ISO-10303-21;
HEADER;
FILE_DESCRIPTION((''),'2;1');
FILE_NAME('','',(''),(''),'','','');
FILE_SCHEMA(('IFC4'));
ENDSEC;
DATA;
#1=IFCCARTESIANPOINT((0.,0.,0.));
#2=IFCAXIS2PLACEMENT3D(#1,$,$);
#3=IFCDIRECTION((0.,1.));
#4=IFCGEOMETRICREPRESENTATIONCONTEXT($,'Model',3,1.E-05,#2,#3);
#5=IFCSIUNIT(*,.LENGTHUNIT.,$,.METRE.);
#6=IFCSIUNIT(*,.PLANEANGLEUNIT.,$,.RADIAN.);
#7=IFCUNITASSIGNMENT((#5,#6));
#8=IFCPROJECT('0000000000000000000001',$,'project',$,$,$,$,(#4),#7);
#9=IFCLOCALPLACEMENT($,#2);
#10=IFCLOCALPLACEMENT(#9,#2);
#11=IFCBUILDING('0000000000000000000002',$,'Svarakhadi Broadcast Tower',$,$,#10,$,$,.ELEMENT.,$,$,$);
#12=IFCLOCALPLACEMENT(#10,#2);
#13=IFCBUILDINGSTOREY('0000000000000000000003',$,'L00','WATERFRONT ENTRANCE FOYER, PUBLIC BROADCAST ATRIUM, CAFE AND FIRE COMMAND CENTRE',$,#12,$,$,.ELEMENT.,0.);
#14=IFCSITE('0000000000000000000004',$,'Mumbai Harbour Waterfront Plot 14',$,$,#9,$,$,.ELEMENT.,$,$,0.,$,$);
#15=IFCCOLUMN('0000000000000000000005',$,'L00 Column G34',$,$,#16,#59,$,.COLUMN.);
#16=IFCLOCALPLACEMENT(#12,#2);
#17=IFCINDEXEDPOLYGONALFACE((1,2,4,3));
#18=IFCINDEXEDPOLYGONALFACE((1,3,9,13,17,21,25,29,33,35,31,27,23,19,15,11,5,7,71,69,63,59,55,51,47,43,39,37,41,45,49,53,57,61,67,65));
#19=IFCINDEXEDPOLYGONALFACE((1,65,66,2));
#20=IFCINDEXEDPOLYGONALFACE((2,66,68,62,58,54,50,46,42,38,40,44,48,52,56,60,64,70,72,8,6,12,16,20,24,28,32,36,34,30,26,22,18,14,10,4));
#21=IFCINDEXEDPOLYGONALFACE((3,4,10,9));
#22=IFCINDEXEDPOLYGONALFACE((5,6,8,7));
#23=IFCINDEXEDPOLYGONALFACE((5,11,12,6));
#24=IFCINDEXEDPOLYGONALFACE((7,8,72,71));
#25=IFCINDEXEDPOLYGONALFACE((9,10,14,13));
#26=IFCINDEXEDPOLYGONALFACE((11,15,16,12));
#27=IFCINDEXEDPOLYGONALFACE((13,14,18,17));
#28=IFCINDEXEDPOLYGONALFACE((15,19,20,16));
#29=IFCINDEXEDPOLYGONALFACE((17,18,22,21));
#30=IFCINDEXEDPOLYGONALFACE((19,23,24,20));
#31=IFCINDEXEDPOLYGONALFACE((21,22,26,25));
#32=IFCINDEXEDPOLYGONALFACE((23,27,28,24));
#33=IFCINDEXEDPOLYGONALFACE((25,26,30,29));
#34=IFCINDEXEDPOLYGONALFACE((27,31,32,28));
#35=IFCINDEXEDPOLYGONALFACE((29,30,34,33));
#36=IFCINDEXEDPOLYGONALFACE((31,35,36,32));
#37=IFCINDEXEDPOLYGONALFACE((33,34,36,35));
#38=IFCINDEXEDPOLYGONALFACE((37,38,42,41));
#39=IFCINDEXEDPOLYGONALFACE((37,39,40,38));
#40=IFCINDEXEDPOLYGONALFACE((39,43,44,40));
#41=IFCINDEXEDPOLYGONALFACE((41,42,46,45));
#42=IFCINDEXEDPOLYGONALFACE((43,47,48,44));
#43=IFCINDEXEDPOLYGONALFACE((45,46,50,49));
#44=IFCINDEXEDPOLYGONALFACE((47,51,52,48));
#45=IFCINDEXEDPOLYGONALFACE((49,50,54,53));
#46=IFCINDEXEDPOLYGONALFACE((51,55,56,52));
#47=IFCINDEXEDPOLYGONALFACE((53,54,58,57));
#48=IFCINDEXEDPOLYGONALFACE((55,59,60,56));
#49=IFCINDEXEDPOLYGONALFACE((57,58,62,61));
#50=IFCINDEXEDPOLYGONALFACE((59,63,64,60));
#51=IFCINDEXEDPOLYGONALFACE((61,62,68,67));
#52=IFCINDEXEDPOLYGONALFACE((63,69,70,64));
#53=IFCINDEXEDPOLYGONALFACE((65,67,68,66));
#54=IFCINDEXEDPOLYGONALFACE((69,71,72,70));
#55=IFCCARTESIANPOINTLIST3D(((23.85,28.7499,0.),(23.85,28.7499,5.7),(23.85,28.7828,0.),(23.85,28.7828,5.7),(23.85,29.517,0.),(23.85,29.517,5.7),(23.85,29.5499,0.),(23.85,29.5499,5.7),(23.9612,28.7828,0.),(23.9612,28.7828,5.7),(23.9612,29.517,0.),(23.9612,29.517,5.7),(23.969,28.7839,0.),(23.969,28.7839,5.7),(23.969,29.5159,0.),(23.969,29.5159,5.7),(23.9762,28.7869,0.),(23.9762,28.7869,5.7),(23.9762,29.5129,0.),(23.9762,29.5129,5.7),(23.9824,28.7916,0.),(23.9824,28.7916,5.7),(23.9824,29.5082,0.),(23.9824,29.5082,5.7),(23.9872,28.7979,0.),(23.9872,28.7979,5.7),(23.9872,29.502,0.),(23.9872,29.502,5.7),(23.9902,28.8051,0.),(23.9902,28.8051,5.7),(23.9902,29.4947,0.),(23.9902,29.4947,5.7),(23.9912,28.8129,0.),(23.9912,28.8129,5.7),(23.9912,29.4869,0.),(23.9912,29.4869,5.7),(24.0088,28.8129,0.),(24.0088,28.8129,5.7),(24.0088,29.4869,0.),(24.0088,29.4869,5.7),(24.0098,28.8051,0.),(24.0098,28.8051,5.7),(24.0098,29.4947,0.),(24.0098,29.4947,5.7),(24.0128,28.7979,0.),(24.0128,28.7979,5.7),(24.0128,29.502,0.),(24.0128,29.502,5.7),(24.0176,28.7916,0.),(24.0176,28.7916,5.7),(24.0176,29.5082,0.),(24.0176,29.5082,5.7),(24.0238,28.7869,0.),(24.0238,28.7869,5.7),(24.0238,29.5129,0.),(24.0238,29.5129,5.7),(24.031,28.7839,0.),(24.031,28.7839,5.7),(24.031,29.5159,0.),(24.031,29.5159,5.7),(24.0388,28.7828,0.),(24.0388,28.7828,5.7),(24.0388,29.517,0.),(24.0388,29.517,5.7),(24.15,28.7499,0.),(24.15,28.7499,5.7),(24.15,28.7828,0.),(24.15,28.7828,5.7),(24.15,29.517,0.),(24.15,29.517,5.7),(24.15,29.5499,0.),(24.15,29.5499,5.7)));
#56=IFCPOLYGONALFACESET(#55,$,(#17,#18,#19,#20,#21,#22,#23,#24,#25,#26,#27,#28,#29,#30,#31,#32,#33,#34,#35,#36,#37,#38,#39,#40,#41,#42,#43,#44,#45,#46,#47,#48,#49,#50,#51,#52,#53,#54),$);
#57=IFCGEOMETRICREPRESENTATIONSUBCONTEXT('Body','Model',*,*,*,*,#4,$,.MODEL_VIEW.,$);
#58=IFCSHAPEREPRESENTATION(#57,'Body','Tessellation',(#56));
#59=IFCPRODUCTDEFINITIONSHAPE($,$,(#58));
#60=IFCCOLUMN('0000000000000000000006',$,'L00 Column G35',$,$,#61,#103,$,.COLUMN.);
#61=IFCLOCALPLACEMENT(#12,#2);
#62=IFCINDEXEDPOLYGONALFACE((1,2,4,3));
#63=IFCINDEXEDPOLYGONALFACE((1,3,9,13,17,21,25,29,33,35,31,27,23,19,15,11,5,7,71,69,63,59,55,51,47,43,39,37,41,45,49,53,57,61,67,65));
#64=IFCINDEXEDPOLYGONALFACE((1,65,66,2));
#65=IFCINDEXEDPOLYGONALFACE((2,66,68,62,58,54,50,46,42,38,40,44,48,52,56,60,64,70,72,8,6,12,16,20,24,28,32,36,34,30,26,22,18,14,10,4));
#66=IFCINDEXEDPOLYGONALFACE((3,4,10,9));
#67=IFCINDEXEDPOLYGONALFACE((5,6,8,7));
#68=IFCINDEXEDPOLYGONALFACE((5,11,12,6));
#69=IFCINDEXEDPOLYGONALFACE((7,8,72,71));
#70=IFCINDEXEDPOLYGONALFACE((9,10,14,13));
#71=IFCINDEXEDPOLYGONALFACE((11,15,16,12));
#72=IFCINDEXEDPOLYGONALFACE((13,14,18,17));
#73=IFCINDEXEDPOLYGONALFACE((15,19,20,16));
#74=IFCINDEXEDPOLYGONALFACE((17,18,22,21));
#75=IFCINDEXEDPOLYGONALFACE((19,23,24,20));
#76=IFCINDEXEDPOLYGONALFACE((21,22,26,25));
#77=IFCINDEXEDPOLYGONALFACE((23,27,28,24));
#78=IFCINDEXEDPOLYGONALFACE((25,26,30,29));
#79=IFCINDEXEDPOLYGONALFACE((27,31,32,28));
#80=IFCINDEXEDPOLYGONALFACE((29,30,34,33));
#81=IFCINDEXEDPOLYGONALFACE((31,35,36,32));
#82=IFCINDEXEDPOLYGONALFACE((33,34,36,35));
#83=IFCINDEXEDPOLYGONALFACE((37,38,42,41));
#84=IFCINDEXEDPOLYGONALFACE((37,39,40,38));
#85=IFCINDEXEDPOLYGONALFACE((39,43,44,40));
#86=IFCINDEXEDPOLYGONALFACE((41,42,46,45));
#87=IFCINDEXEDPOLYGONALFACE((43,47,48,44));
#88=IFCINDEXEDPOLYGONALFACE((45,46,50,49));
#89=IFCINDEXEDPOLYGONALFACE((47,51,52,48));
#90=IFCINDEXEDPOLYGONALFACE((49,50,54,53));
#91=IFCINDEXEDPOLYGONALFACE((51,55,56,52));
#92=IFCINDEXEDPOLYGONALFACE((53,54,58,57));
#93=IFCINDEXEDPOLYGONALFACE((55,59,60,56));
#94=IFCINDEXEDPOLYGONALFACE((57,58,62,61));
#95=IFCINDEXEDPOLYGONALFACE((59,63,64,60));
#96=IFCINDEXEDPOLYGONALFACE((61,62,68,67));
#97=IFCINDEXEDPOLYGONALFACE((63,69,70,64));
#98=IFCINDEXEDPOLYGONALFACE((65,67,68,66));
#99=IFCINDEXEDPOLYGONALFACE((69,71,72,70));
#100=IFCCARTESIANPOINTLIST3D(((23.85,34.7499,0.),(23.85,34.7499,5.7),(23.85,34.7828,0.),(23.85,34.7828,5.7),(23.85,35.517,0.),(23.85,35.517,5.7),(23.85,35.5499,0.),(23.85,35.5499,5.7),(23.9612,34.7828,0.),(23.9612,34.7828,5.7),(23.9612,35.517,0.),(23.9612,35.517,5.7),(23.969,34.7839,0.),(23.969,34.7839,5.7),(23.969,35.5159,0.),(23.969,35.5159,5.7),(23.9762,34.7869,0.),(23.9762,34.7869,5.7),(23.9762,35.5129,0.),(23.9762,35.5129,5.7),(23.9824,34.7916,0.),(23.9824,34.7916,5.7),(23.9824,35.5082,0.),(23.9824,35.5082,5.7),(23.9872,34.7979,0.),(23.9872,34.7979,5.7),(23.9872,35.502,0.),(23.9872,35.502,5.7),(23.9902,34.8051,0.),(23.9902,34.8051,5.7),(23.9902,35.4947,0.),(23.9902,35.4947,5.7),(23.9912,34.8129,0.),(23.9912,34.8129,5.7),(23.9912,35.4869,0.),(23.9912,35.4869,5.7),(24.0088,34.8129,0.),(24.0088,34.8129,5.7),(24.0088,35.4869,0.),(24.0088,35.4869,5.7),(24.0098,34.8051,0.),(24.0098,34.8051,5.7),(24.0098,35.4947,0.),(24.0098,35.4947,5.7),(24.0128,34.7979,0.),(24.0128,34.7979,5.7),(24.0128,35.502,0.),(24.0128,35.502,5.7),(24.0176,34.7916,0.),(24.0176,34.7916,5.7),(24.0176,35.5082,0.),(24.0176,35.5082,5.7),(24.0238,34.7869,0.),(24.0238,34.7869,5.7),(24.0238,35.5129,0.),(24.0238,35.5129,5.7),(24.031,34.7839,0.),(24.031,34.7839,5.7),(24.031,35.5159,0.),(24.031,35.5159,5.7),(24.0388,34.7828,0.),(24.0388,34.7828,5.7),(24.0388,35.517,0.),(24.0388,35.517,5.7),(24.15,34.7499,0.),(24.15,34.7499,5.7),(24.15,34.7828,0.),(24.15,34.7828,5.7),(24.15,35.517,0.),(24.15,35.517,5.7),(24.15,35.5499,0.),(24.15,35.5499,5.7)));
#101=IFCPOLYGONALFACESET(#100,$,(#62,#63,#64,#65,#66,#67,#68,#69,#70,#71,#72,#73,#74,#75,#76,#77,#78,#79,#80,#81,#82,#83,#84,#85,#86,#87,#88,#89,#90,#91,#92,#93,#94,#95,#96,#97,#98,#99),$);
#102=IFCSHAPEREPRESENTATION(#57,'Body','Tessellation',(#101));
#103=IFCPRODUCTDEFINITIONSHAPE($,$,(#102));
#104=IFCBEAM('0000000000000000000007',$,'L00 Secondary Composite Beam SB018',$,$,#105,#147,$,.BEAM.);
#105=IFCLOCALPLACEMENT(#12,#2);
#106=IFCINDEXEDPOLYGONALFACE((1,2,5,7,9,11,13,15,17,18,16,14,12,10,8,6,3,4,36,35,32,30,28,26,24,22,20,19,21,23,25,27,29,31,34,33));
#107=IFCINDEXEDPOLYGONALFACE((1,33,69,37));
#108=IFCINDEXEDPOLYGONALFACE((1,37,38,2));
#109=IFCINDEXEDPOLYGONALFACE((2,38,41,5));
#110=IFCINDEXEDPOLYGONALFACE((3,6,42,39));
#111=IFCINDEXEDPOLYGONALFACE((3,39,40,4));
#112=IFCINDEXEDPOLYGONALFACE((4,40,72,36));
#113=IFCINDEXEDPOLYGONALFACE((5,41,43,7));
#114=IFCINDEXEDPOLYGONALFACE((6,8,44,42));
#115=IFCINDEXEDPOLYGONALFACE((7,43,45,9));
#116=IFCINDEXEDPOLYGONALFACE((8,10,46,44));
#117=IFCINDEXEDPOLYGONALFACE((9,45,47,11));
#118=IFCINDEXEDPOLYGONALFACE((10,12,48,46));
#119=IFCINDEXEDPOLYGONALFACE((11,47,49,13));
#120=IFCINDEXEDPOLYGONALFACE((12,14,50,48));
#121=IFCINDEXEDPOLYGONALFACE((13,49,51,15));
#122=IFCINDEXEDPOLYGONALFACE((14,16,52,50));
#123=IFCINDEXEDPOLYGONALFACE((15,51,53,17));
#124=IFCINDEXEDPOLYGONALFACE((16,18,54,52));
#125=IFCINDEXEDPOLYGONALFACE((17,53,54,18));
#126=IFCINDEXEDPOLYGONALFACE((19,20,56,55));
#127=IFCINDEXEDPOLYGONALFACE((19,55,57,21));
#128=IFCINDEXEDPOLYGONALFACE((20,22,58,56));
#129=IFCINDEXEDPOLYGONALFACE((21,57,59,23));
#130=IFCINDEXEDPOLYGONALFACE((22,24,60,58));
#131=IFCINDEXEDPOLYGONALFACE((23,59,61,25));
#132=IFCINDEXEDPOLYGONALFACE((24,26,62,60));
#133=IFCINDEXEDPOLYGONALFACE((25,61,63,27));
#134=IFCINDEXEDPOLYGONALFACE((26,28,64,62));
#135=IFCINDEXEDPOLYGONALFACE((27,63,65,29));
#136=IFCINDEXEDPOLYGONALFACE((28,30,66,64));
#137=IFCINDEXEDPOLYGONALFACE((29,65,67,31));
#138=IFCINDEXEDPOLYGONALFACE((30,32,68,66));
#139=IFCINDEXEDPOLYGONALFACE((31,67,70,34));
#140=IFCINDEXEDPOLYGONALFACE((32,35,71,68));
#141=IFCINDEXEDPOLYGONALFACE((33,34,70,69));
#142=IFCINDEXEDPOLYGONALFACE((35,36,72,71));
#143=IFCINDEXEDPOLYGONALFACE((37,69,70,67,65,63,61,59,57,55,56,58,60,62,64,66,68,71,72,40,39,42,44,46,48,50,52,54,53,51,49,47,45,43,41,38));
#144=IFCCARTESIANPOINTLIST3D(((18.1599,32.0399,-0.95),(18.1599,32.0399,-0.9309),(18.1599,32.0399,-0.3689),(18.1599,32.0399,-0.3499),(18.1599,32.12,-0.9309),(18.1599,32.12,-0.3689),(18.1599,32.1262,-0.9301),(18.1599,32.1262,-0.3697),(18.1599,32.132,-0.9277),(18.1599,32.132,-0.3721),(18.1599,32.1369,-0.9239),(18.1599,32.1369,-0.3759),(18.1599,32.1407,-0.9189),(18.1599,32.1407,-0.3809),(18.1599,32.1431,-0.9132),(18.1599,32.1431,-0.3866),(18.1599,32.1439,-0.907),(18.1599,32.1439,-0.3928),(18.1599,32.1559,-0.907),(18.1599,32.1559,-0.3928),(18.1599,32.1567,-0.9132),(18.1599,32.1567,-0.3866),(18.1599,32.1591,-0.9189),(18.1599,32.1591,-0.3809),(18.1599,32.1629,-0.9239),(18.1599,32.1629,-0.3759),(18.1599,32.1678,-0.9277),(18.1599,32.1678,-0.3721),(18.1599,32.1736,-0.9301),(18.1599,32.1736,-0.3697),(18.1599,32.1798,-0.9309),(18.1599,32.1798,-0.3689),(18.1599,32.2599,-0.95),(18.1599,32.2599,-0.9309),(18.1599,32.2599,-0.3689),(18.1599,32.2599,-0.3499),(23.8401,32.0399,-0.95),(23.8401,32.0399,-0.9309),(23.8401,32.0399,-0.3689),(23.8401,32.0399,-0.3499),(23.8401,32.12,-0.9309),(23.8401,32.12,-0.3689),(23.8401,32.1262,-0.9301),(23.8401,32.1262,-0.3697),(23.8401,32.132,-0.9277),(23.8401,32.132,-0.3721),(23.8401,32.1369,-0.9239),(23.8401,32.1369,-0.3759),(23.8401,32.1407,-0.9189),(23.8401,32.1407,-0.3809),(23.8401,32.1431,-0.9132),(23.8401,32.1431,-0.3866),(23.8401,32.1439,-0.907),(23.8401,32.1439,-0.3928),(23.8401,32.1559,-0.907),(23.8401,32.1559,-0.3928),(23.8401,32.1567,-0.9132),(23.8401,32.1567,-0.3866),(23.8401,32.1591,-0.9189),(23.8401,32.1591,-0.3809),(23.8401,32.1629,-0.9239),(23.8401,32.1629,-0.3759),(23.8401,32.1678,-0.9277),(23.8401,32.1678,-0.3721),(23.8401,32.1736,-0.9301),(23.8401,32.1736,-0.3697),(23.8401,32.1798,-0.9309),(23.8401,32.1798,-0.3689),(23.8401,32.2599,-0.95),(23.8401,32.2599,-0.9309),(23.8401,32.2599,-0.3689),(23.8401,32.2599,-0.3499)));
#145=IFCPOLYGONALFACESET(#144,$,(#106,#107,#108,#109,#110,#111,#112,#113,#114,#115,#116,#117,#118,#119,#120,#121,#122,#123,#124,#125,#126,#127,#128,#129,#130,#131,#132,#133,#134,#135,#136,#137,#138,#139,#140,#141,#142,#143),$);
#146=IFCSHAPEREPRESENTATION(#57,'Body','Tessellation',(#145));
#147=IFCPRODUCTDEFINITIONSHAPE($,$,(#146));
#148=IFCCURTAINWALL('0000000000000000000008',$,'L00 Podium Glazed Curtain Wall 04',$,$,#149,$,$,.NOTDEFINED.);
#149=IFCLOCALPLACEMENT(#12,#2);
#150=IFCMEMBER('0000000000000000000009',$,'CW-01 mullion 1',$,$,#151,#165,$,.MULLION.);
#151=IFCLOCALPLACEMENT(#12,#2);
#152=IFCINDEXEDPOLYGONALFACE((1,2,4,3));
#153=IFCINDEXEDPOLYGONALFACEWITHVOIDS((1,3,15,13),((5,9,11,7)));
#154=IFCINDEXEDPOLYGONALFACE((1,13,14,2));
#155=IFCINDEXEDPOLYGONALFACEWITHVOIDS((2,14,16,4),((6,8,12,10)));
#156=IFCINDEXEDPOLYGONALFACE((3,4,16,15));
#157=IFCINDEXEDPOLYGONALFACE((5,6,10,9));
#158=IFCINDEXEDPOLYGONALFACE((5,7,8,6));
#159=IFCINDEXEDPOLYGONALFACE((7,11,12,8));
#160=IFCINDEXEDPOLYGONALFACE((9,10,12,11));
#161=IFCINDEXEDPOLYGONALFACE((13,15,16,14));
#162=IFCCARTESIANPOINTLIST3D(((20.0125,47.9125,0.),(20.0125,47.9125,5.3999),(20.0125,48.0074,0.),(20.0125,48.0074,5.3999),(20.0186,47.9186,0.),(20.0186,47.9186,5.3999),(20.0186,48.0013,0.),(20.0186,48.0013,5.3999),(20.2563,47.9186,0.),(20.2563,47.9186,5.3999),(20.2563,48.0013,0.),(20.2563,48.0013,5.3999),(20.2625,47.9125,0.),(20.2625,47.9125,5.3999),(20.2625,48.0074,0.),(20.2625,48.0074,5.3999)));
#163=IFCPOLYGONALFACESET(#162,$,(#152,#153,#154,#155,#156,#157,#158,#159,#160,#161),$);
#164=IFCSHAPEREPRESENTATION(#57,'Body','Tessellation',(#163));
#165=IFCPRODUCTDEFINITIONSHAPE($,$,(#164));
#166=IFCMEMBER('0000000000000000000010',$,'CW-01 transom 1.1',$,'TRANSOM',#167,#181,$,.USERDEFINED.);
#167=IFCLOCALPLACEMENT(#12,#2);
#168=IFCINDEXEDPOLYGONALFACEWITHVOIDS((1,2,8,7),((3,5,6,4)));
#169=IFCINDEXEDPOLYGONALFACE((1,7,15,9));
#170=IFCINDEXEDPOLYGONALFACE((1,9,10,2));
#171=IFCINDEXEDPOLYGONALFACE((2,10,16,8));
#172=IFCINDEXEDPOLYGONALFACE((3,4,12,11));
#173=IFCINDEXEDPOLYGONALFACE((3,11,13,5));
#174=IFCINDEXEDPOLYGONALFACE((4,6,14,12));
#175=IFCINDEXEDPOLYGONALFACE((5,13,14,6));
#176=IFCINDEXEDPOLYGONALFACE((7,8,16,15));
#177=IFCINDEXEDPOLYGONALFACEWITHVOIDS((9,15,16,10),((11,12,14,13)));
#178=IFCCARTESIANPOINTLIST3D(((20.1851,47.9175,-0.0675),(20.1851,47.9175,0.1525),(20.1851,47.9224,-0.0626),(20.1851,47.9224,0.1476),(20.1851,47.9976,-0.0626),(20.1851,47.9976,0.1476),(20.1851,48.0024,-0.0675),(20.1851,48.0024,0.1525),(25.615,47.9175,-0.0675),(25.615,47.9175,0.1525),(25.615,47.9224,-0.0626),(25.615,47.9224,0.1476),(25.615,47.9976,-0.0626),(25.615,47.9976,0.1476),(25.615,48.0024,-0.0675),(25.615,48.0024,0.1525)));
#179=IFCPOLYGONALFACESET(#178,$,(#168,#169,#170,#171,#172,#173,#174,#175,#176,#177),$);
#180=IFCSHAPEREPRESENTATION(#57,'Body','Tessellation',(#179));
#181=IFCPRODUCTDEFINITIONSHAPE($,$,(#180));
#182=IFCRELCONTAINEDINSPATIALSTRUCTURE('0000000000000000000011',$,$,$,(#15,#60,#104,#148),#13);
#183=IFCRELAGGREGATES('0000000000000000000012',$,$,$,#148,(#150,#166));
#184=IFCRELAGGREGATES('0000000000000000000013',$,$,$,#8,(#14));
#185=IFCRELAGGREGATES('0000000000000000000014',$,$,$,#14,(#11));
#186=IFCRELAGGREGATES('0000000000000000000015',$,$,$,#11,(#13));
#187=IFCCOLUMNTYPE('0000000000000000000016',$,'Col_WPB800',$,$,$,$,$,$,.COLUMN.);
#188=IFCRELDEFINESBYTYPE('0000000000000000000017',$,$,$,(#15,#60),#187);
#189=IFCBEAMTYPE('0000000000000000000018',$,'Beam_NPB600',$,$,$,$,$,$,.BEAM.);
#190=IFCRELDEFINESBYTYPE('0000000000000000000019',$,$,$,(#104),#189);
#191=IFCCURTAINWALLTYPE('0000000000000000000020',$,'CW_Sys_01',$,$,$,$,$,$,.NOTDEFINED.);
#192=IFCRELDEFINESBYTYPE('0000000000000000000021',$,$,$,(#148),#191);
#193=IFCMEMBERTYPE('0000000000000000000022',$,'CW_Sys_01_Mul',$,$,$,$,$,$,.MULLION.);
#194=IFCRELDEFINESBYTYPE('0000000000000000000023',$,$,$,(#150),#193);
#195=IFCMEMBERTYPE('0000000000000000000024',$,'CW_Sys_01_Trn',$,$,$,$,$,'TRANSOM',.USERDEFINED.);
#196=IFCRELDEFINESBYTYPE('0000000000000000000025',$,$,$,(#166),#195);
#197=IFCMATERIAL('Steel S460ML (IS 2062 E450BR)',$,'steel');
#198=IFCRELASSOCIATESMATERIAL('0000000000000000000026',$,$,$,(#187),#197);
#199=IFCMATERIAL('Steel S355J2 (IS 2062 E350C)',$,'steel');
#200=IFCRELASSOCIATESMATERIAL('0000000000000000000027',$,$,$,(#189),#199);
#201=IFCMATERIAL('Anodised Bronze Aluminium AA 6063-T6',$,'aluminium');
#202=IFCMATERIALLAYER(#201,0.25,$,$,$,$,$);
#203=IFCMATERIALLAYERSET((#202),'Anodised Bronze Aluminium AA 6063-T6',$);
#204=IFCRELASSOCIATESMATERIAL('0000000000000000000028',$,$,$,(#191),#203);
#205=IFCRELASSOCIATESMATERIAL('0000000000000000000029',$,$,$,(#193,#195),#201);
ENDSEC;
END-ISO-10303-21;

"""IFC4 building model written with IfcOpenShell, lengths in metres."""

from ifc_helpers import new_model, si_unit, direction, frame, origin, origin_2d, place, context, subcontext, project, spatial, hollow_rectangle, i_section, extrude, material, layer, layer_set, material_profile, profile_set, type_object, element, aggregate, save


model = new_model("IFC4")

# Units and contexts
model_context = context("Model", 3, precision=1e-05, world=origin(), true_north=direction((0.0, 1.0)))
body_context = subcontext(model_context, "Body", "Model", "MODEL_VIEW")
ifc_project = project(units=[si_unit("LENGTHUNIT", "METRE"), si_unit("PLANEANGLEUNIT", "RADIAN")], contexts=[model_context])

# Site, building, storey
site_placement = place(None, origin())
site = spatial("IfcSite", under=ifc_project, at=site_placement, Name="Mumbai Harbour Waterfront Plot 14", CompositionType="ELEMENT", RefElevation=0.0)
building_placement = place(site_placement, origin())
building = spatial("IfcBuilding", under=site, at=building_placement, Name="Svarakhadi Broadcast Tower", CompositionType="ELEMENT")
storey_placement = place(building_placement, origin())
storey = spatial("IfcBuildingStorey", under=building, at=storey_placement, Name="L00", Description="WATERFRONT ENTRANCE FOYER, PUBLIC BROADCAST ATRIUM, CAFE AND FIRE COMMAND CENTRE", CompositionType="ELEMENT", Elevation=0.0)

# Columns
ifc_material_1 = material(Name="Steel S460ML (IS 2062 E450BR)", Category="steel")
ifc_material_profile_1 = material_profile(ifc_material_1, i_section(OverallWidth=0.3, OverallDepth=0.8, WebThickness=0.0176, FlangeThickness=0.033, FilletRadius=0.03, at=origin_2d()), Name="WPB 800x300x262")
ifc_profile_set_1 = profile_set([ifc_material_profile_1], Name="Steel S460ML (IS 2062 E450BR)")
column_type_1 = type_object("IfcColumnType", Name="Col_WPB800", PredefinedType="COLUMN", material=ifc_profile_set_1)
for number, where, z_axis, x_axis, name in (
    (1, (24.0, 29.1499, 0.0), (0.0, 0.0, 1.0), (1.0, 0.0, 0.0), "L00 Column G34"),
    (2, (24.0, 35.1499, 0.0), (0.0, 0.0, 1.0), (1.0, 0.0, 0.0), "L00 Column G35"),
):
    element("IfcColumn", number, at=place(storey_placement, frame(where, z_axis=z_axis, x_axis=x_axis)), inside=storey, type_object=column_type_1, Name=name, PredefinedType="COLUMN", context=body_context, shape_type="SweptSolid", body=[
        extrude(i_section(OverallWidth=0.3, OverallDepth=0.8, WebThickness=0.0176, FlangeThickness=0.033, FilletRadius=0.03, at=origin_2d()), origin(), (0.0, 0.0, 1.0), 5.7),
    ])

# Beam
ifc_material_2 = material(Name="Steel S355J2 (IS 2062 E350C)", Category="steel")
ifc_material_profile_2 = material_profile(ifc_material_2, i_section(OverallWidth=0.22, OverallDepth=0.6001, WebThickness=0.012, FlangeThickness=0.019, FilletRadius=0.0239, at=origin_2d()), Name="NPB 600x220x122")
ifc_profile_set_2 = profile_set([ifc_material_profile_2], Name="Steel S355J2 (IS 2062 E350C)")
beam_type_1 = type_object("IfcBeamType", Name="Beam_NPB600", PredefinedType="BEAM", material=ifc_profile_set_2)
beam_placement = place(storey_placement, frame((18.1599, 32.1499, -0.6499), z_axis=(1.0, 0.0, 0.0), x_axis=(0.0, 1.0, 0.0)))
element("IfcBeam", 3, at=beam_placement, inside=storey, type_object=beam_type_1, Name="L00 Secondary Composite Beam SB018", PredefinedType="BEAM", context=body_context, shape_type="SweptSolid", body=[
    extrude(i_section(OverallWidth=0.22, OverallDepth=0.6001, WebThickness=0.012, FlangeThickness=0.019, FilletRadius=0.0239, at=origin_2d()), origin(), (0.0, 0.0, 1.0), 5.6802),
])

# Curtain wall, members
ifc_material_3 = material(Name="Anodised Bronze Aluminium AA 6063-T6", Category="aluminium")
ifc_layer_1 = layer(ifc_material_3, 0.25)
ifc_layer_set_1 = layer_set([ifc_layer_1], Name="Anodised Bronze Aluminium AA 6063-T6")
curtain_wall_type = type_object("IfcCurtainWallType", Name="CW_Sys_01", PredefinedType="NOTDEFINED", material=ifc_layer_set_1)
curtain_wall_placement = place(storey_placement, origin())
curtain_wall = element("IfcCurtainWall", 4, at=curtain_wall_placement, inside=storey, type_object=curtain_wall_type, Name="L00 Podium Glazed Curtain Wall 04", PredefinedType="NOTDEFINED")
ifc_material_profile_3 = material_profile(ifc_material_3, hollow_rectangle(XDim=0.095, YDim=0.25, WallThickness=0.0061, at=origin_2d()), Name="ALU MULLION 250x95x6")
ifc_profile_set_3 = profile_set([ifc_material_profile_3], Name="Anodised Bronze Aluminium AA 6063-T6")
member_type_1 = type_object("IfcMemberType", Name="CW_Sys_01_Mul", PredefinedType="MULLION", material=ifc_profile_set_3)
member_1_placement = place(storey_placement, frame((20.1375, 47.96, 0.0), z_axis=(0.0, 0.0, 1.0), x_axis=(0.0, 1.0, 0.0)))
member_1 = element("IfcMember", 5, at=member_1_placement, type_object=member_type_1, Name="CW-01 mullion 1", PredefinedType="MULLION", context=body_context, shape_type="SweptSolid", body=[
    extrude(hollow_rectangle(XDim=0.095, YDim=0.25, WallThickness=0.0061, at=origin_2d()), origin(), (0.0, 0.0, 1.0), 5.3999),
])
ifc_material_profile_4 = material_profile(ifc_material_3, hollow_rectangle(XDim=0.085, YDim=0.22, WallThickness=0.0049, at=origin_2d()), Name="ALU TRANSOM 220x85x5")
ifc_profile_set_4 = profile_set([ifc_material_profile_4], Name="Anodised Bronze Aluminium AA 6063-T6")
member_type_2 = type_object("IfcMemberType", Name="CW_Sys_01_Trn", ElementType="TRANSOM", PredefinedType="USERDEFINED", material=ifc_profile_set_4)
member_2_placement = place(storey_placement, frame((20.1851, 47.96, 0.0425), z_axis=(1.0, 0.0, 0.0), x_axis=(0.0, 1.0, 0.0)))
member_2 = element("IfcMember", 6, at=member_2_placement, type_object=member_type_2, Name="CW-01 transom 1.1", ObjectType="TRANSOM", PredefinedType="USERDEFINED", context=body_context, shape_type="SweptSolid", body=[
    extrude(hollow_rectangle(XDim=0.085, YDim=0.22, WallThickness=0.0049, at=origin_2d()), origin(), (0.0, 0.0, 1.0), 5.4299),
])

aggregate(curtain_wall, [member_1, member_2])

save(model, "model.ifc")
